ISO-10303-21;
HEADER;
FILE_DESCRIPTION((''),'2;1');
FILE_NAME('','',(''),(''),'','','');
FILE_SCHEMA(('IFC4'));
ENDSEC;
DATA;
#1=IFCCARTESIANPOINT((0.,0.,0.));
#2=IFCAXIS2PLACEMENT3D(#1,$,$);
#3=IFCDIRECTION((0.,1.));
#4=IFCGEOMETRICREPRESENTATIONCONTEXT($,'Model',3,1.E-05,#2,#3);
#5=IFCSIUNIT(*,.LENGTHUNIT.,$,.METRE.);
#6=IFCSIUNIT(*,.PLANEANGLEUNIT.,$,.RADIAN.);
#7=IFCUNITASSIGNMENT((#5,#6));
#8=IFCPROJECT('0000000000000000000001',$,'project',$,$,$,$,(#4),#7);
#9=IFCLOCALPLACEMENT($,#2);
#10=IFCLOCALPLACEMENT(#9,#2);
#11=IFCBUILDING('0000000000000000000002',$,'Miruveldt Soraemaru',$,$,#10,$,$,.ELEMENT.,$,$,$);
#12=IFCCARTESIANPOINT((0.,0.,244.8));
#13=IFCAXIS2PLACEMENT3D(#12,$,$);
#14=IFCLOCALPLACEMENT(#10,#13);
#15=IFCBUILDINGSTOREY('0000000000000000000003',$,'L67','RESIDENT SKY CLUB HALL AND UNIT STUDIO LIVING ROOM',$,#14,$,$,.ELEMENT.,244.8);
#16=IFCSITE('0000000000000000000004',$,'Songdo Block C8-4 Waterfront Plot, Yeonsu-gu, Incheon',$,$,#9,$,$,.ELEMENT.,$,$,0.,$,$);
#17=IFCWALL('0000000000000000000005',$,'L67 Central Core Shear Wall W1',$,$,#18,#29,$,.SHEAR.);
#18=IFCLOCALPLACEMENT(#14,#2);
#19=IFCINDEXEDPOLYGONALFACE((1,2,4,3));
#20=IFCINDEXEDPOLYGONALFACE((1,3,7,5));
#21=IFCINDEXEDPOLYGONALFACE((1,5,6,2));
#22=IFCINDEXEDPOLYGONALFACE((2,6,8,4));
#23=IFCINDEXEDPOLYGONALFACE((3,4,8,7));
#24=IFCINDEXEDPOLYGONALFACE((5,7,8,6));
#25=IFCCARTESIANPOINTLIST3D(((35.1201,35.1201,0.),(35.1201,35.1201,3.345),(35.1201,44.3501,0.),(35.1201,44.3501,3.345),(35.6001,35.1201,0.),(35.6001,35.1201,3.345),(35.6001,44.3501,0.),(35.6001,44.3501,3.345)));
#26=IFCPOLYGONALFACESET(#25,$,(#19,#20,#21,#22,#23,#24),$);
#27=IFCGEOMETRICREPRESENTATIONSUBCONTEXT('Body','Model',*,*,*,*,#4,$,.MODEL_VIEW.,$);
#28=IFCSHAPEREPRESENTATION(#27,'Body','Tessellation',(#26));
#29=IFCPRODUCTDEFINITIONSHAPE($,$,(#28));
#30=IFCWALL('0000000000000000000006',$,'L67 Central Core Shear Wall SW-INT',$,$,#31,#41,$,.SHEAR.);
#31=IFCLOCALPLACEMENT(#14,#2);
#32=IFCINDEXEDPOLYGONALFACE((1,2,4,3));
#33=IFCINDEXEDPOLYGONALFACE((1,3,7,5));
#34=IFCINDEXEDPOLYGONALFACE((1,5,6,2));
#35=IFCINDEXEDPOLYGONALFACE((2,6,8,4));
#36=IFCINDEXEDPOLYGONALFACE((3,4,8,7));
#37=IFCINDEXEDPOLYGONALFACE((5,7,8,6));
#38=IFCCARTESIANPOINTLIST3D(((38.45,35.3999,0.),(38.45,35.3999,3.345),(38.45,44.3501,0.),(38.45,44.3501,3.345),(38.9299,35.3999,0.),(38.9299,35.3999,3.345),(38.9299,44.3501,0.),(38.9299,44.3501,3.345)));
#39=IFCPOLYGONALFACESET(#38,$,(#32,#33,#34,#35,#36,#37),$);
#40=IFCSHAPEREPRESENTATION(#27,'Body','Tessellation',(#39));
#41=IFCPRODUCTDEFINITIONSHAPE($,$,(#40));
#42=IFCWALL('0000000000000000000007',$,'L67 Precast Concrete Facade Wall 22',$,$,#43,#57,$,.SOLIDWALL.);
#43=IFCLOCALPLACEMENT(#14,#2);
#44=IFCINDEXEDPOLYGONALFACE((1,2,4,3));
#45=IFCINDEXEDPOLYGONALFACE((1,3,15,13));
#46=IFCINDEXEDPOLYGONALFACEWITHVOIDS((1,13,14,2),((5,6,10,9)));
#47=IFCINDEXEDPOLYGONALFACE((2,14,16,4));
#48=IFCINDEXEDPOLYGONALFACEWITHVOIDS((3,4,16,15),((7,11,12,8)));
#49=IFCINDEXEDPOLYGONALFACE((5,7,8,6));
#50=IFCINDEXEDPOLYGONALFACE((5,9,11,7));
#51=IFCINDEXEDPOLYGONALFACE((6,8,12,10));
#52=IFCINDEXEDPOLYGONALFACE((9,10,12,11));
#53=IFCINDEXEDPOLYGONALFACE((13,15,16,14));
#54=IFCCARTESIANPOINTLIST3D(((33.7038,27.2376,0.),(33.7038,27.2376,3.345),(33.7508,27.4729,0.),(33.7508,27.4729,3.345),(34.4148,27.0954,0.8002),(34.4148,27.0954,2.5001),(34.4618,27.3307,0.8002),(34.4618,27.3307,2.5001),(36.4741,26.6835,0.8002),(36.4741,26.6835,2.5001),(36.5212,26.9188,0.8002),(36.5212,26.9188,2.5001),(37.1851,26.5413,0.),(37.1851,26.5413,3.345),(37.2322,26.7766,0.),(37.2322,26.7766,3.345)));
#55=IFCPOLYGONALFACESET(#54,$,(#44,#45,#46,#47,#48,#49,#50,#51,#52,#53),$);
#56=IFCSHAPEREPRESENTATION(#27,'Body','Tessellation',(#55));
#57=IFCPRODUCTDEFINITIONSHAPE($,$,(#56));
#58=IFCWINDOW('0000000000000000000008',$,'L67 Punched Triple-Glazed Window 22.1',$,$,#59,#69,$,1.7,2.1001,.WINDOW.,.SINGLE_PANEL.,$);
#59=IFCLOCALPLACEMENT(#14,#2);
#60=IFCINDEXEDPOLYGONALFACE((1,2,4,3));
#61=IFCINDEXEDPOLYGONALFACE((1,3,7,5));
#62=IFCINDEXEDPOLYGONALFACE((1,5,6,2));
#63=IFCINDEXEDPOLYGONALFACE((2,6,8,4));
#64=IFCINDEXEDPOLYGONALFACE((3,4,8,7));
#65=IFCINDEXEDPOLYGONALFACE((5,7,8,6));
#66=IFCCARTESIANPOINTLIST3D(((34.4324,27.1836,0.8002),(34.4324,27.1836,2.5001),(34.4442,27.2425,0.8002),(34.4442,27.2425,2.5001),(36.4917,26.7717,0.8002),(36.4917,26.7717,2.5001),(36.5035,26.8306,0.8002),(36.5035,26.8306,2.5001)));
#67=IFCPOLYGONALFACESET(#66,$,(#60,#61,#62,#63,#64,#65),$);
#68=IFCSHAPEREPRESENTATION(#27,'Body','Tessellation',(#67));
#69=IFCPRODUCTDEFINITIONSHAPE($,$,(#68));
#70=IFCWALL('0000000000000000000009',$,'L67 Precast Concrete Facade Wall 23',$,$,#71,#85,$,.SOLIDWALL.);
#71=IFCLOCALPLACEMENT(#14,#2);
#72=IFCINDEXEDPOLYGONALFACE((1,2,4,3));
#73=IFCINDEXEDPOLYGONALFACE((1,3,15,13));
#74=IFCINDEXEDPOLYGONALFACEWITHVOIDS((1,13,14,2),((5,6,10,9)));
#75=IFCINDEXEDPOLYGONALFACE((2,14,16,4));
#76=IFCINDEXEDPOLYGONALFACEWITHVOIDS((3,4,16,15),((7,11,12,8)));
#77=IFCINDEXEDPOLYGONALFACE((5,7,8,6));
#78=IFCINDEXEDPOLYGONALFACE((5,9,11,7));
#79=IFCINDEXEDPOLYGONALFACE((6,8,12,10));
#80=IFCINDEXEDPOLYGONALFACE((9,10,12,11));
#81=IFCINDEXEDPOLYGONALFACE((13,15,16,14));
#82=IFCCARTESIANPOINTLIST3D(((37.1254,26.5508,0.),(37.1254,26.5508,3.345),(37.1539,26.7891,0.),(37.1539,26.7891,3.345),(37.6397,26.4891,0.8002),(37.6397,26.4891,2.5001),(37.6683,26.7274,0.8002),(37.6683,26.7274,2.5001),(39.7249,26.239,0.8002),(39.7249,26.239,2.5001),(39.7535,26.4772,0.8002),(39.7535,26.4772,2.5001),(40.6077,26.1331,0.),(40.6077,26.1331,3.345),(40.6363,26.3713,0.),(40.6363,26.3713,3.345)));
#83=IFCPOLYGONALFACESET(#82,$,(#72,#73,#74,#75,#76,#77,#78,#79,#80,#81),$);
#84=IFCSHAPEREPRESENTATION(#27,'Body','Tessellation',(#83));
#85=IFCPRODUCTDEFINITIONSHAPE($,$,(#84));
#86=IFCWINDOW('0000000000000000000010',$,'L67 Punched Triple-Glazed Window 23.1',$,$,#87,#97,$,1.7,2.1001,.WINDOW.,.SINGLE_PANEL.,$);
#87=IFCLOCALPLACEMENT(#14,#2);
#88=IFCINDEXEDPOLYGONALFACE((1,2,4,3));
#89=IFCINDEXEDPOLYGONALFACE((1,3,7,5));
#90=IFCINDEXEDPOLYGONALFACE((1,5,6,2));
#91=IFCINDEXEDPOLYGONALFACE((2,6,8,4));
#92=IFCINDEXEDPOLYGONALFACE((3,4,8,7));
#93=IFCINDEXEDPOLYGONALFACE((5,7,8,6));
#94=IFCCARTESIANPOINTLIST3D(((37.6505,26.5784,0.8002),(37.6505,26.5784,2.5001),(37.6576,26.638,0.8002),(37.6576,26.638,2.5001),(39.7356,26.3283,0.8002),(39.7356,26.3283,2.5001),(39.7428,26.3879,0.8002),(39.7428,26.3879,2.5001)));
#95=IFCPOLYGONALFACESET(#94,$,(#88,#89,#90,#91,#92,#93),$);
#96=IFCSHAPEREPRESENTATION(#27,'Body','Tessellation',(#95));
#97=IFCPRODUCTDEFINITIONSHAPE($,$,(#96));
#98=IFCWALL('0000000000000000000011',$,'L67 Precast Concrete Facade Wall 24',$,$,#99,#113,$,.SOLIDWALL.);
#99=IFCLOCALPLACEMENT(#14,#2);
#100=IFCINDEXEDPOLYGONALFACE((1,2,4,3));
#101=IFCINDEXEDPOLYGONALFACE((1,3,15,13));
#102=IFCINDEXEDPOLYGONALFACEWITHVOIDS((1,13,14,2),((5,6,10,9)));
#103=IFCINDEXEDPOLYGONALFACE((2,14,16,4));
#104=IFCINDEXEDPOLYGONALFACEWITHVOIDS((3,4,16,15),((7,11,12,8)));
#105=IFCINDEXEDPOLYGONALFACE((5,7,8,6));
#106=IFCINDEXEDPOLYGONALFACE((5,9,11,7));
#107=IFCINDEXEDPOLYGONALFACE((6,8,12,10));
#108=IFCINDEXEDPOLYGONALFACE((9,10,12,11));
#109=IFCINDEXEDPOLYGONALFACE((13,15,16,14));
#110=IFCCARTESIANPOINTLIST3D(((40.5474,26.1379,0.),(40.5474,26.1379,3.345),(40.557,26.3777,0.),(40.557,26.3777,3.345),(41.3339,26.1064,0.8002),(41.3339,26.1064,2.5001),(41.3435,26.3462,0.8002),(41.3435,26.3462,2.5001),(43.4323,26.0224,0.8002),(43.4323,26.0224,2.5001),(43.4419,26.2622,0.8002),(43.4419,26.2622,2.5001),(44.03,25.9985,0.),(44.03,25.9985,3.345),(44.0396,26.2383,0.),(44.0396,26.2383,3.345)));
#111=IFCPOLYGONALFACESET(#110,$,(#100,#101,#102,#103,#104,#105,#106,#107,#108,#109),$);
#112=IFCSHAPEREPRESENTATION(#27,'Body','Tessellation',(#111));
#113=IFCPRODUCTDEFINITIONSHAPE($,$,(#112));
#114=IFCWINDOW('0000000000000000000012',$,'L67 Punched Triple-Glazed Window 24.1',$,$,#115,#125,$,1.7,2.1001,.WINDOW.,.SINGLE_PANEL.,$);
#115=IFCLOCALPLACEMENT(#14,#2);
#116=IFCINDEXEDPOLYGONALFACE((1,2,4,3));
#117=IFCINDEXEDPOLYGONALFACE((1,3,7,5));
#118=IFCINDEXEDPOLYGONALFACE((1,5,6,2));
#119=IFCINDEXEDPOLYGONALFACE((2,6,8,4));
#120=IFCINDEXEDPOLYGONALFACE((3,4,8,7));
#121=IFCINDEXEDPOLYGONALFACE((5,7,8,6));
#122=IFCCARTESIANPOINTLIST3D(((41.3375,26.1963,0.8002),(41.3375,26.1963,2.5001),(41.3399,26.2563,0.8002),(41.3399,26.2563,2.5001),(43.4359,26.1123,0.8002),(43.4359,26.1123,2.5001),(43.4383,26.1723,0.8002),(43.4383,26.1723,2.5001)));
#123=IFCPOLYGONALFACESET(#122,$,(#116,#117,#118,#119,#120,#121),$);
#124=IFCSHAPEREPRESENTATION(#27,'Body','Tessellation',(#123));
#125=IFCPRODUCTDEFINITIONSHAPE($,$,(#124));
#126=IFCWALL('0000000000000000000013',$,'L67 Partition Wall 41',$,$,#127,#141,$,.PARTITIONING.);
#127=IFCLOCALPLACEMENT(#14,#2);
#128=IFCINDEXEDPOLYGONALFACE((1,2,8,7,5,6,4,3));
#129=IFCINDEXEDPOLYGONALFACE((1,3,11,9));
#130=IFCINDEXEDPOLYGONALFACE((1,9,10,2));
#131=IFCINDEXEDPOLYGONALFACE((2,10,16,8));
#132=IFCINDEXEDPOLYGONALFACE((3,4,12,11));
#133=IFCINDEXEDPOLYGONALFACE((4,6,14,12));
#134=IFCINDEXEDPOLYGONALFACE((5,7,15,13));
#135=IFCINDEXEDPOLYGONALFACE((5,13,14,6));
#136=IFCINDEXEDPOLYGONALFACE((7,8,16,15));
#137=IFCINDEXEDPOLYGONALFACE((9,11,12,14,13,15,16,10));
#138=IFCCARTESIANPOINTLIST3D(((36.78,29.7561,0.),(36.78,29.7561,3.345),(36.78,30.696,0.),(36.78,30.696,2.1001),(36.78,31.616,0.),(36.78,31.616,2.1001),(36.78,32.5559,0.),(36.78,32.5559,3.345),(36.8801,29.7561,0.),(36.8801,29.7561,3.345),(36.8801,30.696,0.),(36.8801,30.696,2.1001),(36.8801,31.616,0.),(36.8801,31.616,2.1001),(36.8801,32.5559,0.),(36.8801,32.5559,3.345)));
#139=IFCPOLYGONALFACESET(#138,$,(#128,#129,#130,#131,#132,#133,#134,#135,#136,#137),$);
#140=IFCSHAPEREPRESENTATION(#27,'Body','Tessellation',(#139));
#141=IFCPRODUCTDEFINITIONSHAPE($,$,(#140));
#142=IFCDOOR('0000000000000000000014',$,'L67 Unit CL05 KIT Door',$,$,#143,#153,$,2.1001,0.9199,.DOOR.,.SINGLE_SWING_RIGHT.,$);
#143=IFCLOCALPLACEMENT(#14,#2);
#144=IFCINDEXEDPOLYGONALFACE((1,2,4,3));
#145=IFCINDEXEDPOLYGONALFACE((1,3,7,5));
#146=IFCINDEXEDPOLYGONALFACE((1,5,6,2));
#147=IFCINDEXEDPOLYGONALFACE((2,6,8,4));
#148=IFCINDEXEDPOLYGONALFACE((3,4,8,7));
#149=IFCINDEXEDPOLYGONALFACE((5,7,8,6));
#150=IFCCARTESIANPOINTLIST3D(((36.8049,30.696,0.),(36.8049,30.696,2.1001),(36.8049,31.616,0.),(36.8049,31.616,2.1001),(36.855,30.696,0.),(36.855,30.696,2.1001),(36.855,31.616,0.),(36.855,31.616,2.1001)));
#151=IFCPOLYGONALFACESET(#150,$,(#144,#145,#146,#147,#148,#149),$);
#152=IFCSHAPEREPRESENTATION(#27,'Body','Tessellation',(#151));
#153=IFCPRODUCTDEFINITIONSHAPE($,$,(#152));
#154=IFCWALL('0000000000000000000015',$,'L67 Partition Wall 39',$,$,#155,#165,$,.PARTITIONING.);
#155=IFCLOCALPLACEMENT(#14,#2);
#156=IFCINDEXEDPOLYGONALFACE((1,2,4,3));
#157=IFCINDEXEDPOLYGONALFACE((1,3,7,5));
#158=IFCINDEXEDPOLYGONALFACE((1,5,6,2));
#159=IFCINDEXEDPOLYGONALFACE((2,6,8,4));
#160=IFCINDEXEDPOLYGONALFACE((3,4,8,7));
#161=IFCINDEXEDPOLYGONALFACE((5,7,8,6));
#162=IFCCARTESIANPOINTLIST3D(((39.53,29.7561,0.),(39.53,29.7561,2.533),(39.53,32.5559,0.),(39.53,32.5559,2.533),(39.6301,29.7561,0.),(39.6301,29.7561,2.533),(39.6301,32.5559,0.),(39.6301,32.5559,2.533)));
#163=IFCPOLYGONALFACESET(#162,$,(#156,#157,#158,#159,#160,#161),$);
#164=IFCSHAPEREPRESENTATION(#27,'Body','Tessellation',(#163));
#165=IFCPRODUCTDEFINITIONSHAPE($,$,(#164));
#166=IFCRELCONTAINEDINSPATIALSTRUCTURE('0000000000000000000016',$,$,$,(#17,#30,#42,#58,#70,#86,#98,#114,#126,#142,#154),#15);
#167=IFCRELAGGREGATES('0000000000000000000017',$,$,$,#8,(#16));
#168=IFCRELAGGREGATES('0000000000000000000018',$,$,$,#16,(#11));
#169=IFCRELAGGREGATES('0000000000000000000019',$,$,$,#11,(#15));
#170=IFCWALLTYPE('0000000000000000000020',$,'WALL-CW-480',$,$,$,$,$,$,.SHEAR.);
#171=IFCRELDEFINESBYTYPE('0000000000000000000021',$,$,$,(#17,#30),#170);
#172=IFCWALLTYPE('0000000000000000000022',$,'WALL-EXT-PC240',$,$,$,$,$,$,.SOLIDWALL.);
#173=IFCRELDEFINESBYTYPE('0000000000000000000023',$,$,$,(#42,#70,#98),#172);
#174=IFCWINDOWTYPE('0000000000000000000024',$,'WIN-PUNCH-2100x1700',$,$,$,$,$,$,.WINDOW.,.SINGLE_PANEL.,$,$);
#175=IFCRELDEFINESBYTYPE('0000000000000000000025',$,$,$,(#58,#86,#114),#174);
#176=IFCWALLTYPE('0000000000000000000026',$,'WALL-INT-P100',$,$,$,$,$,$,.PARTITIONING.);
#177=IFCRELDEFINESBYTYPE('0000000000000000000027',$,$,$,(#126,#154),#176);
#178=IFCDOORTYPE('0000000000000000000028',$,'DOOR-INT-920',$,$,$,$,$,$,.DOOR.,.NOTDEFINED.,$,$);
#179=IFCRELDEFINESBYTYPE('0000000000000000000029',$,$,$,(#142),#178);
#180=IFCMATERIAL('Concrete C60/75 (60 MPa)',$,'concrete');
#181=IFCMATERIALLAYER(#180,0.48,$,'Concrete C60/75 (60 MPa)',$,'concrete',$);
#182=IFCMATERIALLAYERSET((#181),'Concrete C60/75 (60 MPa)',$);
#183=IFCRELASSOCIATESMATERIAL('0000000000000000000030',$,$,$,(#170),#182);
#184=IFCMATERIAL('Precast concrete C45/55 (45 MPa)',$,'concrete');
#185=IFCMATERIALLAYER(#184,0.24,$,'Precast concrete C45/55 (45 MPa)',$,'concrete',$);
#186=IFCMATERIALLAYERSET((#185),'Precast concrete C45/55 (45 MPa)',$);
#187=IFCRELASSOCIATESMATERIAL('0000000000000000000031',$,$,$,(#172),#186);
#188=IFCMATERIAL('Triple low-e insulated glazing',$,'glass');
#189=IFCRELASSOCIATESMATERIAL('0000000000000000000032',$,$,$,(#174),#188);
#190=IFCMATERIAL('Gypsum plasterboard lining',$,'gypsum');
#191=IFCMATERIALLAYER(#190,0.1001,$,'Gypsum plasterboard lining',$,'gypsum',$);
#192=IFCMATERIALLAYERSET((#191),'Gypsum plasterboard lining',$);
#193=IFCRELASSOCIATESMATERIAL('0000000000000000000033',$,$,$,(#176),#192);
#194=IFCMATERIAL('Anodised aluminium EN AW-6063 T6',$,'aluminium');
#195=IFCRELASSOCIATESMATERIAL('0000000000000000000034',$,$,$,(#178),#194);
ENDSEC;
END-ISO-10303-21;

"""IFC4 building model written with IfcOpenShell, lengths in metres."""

from ifc_helpers import new_model, si_unit, direction, frame, frame_2d, origin, place, context, subcontext, project, spatial, rectangle, extrude, material, layer, layer_set, type_object, element, fill, save


model = new_model("IFC4")

# Units and contexts
model_context = context("Model", 3, precision=1e-05, world=origin(), true_north=direction((0.0, 1.0)))
body_context = subcontext(model_context, "Body", "Model", "MODEL_VIEW")
ifc_project = project(units=[si_unit("LENGTHUNIT", "METRE"), si_unit("PLANEANGLEUNIT", "RADIAN")], contexts=[model_context])

# Site, building, storey
site_placement = place(None, origin())
site = spatial("IfcSite", under=ifc_project, at=site_placement, Name="Songdo Block C8-4 Waterfront Plot, Yeonsu-gu, Incheon", CompositionType="ELEMENT", RefElevation=0.0)
building_placement = place(site_placement, origin())
building = spatial("IfcBuilding", under=site, at=building_placement, Name="Miruveldt Soraemaru", CompositionType="ELEMENT")
storey_placement = place(building_placement, frame((0.0, 0.0, 244.8)))
storey = spatial("IfcBuildingStorey", under=building, at=storey_placement, Name="L67", Description="RESIDENT SKY CLUB HALL AND UNIT STUDIO LIVING ROOM", CompositionType="ELEMENT", Elevation=244.8)

# Walls
ifc_material_1 = material(Name="Concrete C60/75 (60 MPa)", Category="concrete")
ifc_layer_1 = layer(ifc_material_1, 0.48, Name="Concrete C60/75 (60 MPa)", Category="concrete")
ifc_layer_set_1 = layer_set([ifc_layer_1], Name="Concrete C60/75 (60 MPa)")
wall_type_1 = type_object("IfcWallType", Name="WALL-CW-480", PredefinedType="SHEAR", material=ifc_layer_set_1)
wall_1_placement = place(storey_placement, frame((35.3601, 35.1201, 0.0), z_axis=(0.0, 0.0, 1.0), x_axis=(0.0, 1.0, 0.0)))
element("IfcWall", 1, at=wall_1_placement, inside=storey, type_object=wall_type_1, Name="L67 Central Core Shear Wall W1", PredefinedType="SHEAR", context=body_context, shape_type="SweptSolid", body=[
    extrude(rectangle(XDim=9.23, YDim=0.48, at=frame_2d((4.615, 0.0))), origin(), (0.0, 0.0, 1.0), 3.345),
])
wall_2_placement = place(storey_placement, frame((38.6899, 35.3999, 0.0), z_axis=(0.0, 0.0, 1.0), x_axis=(0.0, 1.0, 0.0)))
element("IfcWall", 2, at=wall_2_placement, inside=storey, type_object=wall_type_1, Name="L67 Central Core Shear Wall SW-INT", PredefinedType="SHEAR", context=body_context, shape_type="SweptSolid", body=[
    extrude(rectangle(XDim=8.9502, YDim=0.48, at=frame_2d((4.4751, 0.0))), origin(), (0.0, 0.0, 1.0), 3.345),
])

# Walls, openings, windows
ifc_material_2 = material(Name="Precast concrete C45/55 (45 MPa)", Category="concrete")
ifc_layer_2 = layer(ifc_material_2, 0.24, Name="Precast concrete C45/55 (45 MPa)", Category="concrete")
ifc_layer_set_2 = layer_set([ifc_layer_2], Name="Precast concrete C45/55 (45 MPa)")
wall_type_2 = type_object("IfcWallType", Name="WALL-EXT-PC240", PredefinedType="SOLIDWALL", material=ifc_layer_set_2)
wall_3_placement = place(storey_placement, frame((33.7273, 27.3552, 0.0), z_axis=(0.0, 0.0, 1.0), x_axis=(0.980581, -0.196116, 0.0)))
wall_3 = element("IfcWall", 3, at=wall_3_placement, inside=storey, type_object=wall_type_2, Name="L67 Precast Concrete Facade Wall 22", PredefinedType="SOLIDWALL", context=body_context, shape_type="SweptSolid", body=[
    extrude(rectangle(XDim=3.5503, YDim=0.24, at=frame_2d((1.7751, 0.0))), origin(), (0.0, 0.0, 1.0), 3.345),
])
opening_1_placement = place(wall_3_placement, frame((0.7251, 0.0, 0.8)))
opening_1 = element("IfcOpeningElement", 4, at=opening_1_placement, cuts=wall_3, PredefinedType="OPENING", context=body_context, shape_type="SweptSolid", body=[
    extrude(rectangle(XDim=2.1001, YDim=1.7, at=frame_2d((1.05, 0.8501))), frame((0.0, 0.1299, 0.0), z_axis=(0.0, -1.0, 0.0), x_axis=(1.0, 0.0, 0.0)), (0.0, 0.0, 1.0), 0.26),
])
ifc_material_3 = material(Name="Triple low-e insulated glazing", Category="glass")
window_type = type_object("IfcWindowType", Name="WIN-PUNCH-2100x1700", PartitioningType="SINGLE_PANEL", PredefinedType="WINDOW", material=ifc_material_3)
window_1_placement = place(opening_1_placement, origin())
window_1 = element("IfcWindow", 5, at=window_1_placement, inside=storey, type_object=window_type, Name="L67 Punched Triple-Glazed Window 22.1", OverallHeight=1.7, OverallWidth=2.1001, PartitioningType="SINGLE_PANEL", PredefinedType="WINDOW", context=body_context, shape_type="SweptSolid", body=[
    extrude(rectangle(XDim=2.1001, YDim=1.7, at=frame_2d((1.05, 0.8501))), frame((0.0, 0.03, 0.0), z_axis=(0.0, -1.0, 0.0), x_axis=(1.0, 0.0, 0.0)), (0.0, 0.0, 1.0), 0.0601),
])
fill(opening_1, window_1)
wall_4_placement = place(storey_placement, frame((37.1396, 26.6699, 0.0), z_axis=(0.0, 0.0, 1.0), x_axis=(0.992882, -0.119099, 0.0)))
wall_4 = element("IfcWall", 6, at=wall_4_placement, inside=storey, type_object=wall_type_2, Name="L67 Precast Concrete Facade Wall 23", PredefinedType="SOLIDWALL", context=body_context, shape_type="SweptSolid", body=[
    extrude(rectangle(XDim=3.5073, YDim=0.24, at=frame_2d((1.7537, 0.0))), origin(), (0.0, 0.0, 1.0), 3.345),
])
opening_2_placement = place(wall_4_placement, frame((0.5181, 0.0, 0.8)))
opening_2 = element("IfcOpeningElement", 7, at=opening_2_placement, cuts=wall_4, PredefinedType="OPENING", context=body_context, shape_type="SweptSolid", body=[
    extrude(rectangle(XDim=2.1001, YDim=1.7, at=frame_2d((1.05, 0.8501))), frame((0.0, 0.1299, 0.0), z_axis=(0.0, -1.0, 0.0), x_axis=(1.0, 0.0, 0.0)), (0.0, 0.0, 1.0), 0.26),
])
window_2_placement = place(opening_2_placement, origin())
window_2 = element("IfcWindow", 8, at=window_2_placement, inside=storey, type_object=window_type, Name="L67 Punched Triple-Glazed Window 23.1", OverallHeight=1.7, OverallWidth=2.1001, PartitioningType="SINGLE_PANEL", PredefinedType="WINDOW", context=body_context, shape_type="SweptSolid", body=[
    extrude(rectangle(XDim=2.1001, YDim=1.7, at=frame_2d((1.05, 0.8501))), frame((0.0, 0.03, 0.0), z_axis=(0.0, -1.0, 0.0), x_axis=(1.0, 0.0, 0.0)), (0.0, 0.0, 1.0), 0.0601),
])
fill(opening_2, window_2)
wall_5_placement = place(storey_placement, frame((40.5522, 26.2578, 0.0), z_axis=(0.0, 0.0, 1.0), x_axis=(0.9992, -0.039996, 0.0)))
wall_5 = element("IfcWall", 9, at=wall_5_placement, inside=storey, type_object=wall_type_2, Name="L67 Precast Concrete Facade Wall 24", PredefinedType="SOLIDWALL", context=body_context, shape_type="SweptSolid", body=[
    extrude(rectangle(XDim=3.4854, YDim=0.24, at=frame_2d((1.7427, 0.0))), origin(), (0.0, 0.0, 1.0), 3.345),
])
opening_3_placement = place(wall_5_placement, frame((0.7871, 0.0, 0.8)))
opening_3 = element("IfcOpeningElement", 10, at=opening_3_placement, cuts=wall_5, PredefinedType="OPENING", context=body_context, shape_type="SweptSolid", body=[
    extrude(rectangle(XDim=2.1001, YDim=1.7, at=frame_2d((1.05, 0.8501))), frame((0.0, 0.1299, 0.0), z_axis=(0.0, -1.0, 0.0), x_axis=(1.0, 0.0, 0.0)), (0.0, 0.0, 1.0), 0.26),
])
window_3_placement = place(opening_3_placement, origin())
window_3 = element("IfcWindow", 11, at=window_3_placement, inside=storey, type_object=window_type, Name="L67 Punched Triple-Glazed Window 24.1", OverallHeight=1.7, OverallWidth=2.1001, PartitioningType="SINGLE_PANEL", PredefinedType="WINDOW", context=body_context, shape_type="SweptSolid", body=[
    extrude(rectangle(XDim=2.1001, YDim=1.7, at=frame_2d((1.05, 0.8501))), frame((0.0, 0.03, 0.0), z_axis=(0.0, -1.0, 0.0), x_axis=(1.0, 0.0, 0.0)), (0.0, 0.0, 1.0), 0.0601),
])
fill(opening_3, window_3)

# Wall, opening, door
ifc_material_4 = material(Name="Gypsum plasterboard lining", Category="gypsum")
ifc_layer_3 = layer(ifc_material_4, 0.1001, Name="Gypsum plasterboard lining", Category="gypsum")
ifc_layer_set_3 = layer_set([ifc_layer_3], Name="Gypsum plasterboard lining")
wall_type_3 = type_object("IfcWallType", Name="WALL-INT-P100", PredefinedType="PARTITIONING", material=ifc_layer_set_3)
wall_6_placement = place(storey_placement, frame((36.8301, 32.5559, 0.0), z_axis=(0.0, 0.0, 1.0), x_axis=(0.0, -1.0, 0.0)))
wall_6 = element("IfcWall", 12, at=wall_6_placement, inside=storey, type_object=wall_type_3, Name="L67 Partition Wall 41", PredefinedType="PARTITIONING", context=body_context, shape_type="SweptSolid", body=[
    extrude(rectangle(XDim=2.7998, YDim=0.1001, at=frame_2d((1.3999, 0.0))), origin(), (0.0, 0.0, 1.0), 3.345),
])
opening_4_placement = place(wall_6_placement, frame((0.9399, 0.0, 0.0)))
opening_4 = element("IfcOpeningElement", 13, at=opening_4_placement, cuts=wall_6, PredefinedType="OPENING", context=body_context, shape_type="SweptSolid", body=[
    extrude(rectangle(XDim=0.9199, YDim=2.1001, at=frame_2d((0.46, 1.05))), frame((0.0, 0.0601, 0.0), z_axis=(0.0, -1.0, 0.0), x_axis=(1.0, 0.0, 0.0)), (0.0, 0.0, 1.0), 0.1201),
])
ifc_material_5 = material(Name="Anodised aluminium EN AW-6063 T6", Category="aluminium")
door_type_1 = type_object("IfcDoorType", Name="DOOR-INT-920", OperationType="NOTDEFINED", PredefinedType="DOOR", material=ifc_material_5)
door_1_placement = place(opening_4_placement, origin())
door_1 = element("IfcDoor", 14, at=door_1_placement, inside=storey, type_object=door_type_1, Name="L67 Unit CL05 KIT Door", OperationType="SINGLE_SWING_RIGHT", OverallHeight=2.1001, OverallWidth=0.9199, PredefinedType="DOOR", context=body_context, shape_type="SweptSolid", body=[
    extrude(rectangle(XDim=0.9199, YDim=2.1001, at=frame_2d((0.46, 1.05))), frame((0.0, 0.0249, 0.0), z_axis=(0.0, -1.0, 0.0), x_axis=(1.0, 0.0, 0.0)), (0.0, 0.0, 1.0), 0.05),
])
fill(opening_4, door_1)

# Wall
wall_7_placement = place(storey_placement, frame((39.5801, 29.7561, 0.0), z_axis=(0.0, 0.0, 1.0), x_axis=(0.0, 1.0, 0.0)))
element("IfcWall", 15, at=wall_7_placement, inside=storey, type_object=wall_type_3, Name="L67 Partition Wall 39", PredefinedType="PARTITIONING", context=body_context, shape_type="SweptSolid", body=[
    extrude(rectangle(XDim=2.7998, YDim=0.1001, at=frame_2d((1.3999, 0.0))), origin(), (0.0, 0.0, 1.0), 2.533),
])

save(model, "model.ifc")
